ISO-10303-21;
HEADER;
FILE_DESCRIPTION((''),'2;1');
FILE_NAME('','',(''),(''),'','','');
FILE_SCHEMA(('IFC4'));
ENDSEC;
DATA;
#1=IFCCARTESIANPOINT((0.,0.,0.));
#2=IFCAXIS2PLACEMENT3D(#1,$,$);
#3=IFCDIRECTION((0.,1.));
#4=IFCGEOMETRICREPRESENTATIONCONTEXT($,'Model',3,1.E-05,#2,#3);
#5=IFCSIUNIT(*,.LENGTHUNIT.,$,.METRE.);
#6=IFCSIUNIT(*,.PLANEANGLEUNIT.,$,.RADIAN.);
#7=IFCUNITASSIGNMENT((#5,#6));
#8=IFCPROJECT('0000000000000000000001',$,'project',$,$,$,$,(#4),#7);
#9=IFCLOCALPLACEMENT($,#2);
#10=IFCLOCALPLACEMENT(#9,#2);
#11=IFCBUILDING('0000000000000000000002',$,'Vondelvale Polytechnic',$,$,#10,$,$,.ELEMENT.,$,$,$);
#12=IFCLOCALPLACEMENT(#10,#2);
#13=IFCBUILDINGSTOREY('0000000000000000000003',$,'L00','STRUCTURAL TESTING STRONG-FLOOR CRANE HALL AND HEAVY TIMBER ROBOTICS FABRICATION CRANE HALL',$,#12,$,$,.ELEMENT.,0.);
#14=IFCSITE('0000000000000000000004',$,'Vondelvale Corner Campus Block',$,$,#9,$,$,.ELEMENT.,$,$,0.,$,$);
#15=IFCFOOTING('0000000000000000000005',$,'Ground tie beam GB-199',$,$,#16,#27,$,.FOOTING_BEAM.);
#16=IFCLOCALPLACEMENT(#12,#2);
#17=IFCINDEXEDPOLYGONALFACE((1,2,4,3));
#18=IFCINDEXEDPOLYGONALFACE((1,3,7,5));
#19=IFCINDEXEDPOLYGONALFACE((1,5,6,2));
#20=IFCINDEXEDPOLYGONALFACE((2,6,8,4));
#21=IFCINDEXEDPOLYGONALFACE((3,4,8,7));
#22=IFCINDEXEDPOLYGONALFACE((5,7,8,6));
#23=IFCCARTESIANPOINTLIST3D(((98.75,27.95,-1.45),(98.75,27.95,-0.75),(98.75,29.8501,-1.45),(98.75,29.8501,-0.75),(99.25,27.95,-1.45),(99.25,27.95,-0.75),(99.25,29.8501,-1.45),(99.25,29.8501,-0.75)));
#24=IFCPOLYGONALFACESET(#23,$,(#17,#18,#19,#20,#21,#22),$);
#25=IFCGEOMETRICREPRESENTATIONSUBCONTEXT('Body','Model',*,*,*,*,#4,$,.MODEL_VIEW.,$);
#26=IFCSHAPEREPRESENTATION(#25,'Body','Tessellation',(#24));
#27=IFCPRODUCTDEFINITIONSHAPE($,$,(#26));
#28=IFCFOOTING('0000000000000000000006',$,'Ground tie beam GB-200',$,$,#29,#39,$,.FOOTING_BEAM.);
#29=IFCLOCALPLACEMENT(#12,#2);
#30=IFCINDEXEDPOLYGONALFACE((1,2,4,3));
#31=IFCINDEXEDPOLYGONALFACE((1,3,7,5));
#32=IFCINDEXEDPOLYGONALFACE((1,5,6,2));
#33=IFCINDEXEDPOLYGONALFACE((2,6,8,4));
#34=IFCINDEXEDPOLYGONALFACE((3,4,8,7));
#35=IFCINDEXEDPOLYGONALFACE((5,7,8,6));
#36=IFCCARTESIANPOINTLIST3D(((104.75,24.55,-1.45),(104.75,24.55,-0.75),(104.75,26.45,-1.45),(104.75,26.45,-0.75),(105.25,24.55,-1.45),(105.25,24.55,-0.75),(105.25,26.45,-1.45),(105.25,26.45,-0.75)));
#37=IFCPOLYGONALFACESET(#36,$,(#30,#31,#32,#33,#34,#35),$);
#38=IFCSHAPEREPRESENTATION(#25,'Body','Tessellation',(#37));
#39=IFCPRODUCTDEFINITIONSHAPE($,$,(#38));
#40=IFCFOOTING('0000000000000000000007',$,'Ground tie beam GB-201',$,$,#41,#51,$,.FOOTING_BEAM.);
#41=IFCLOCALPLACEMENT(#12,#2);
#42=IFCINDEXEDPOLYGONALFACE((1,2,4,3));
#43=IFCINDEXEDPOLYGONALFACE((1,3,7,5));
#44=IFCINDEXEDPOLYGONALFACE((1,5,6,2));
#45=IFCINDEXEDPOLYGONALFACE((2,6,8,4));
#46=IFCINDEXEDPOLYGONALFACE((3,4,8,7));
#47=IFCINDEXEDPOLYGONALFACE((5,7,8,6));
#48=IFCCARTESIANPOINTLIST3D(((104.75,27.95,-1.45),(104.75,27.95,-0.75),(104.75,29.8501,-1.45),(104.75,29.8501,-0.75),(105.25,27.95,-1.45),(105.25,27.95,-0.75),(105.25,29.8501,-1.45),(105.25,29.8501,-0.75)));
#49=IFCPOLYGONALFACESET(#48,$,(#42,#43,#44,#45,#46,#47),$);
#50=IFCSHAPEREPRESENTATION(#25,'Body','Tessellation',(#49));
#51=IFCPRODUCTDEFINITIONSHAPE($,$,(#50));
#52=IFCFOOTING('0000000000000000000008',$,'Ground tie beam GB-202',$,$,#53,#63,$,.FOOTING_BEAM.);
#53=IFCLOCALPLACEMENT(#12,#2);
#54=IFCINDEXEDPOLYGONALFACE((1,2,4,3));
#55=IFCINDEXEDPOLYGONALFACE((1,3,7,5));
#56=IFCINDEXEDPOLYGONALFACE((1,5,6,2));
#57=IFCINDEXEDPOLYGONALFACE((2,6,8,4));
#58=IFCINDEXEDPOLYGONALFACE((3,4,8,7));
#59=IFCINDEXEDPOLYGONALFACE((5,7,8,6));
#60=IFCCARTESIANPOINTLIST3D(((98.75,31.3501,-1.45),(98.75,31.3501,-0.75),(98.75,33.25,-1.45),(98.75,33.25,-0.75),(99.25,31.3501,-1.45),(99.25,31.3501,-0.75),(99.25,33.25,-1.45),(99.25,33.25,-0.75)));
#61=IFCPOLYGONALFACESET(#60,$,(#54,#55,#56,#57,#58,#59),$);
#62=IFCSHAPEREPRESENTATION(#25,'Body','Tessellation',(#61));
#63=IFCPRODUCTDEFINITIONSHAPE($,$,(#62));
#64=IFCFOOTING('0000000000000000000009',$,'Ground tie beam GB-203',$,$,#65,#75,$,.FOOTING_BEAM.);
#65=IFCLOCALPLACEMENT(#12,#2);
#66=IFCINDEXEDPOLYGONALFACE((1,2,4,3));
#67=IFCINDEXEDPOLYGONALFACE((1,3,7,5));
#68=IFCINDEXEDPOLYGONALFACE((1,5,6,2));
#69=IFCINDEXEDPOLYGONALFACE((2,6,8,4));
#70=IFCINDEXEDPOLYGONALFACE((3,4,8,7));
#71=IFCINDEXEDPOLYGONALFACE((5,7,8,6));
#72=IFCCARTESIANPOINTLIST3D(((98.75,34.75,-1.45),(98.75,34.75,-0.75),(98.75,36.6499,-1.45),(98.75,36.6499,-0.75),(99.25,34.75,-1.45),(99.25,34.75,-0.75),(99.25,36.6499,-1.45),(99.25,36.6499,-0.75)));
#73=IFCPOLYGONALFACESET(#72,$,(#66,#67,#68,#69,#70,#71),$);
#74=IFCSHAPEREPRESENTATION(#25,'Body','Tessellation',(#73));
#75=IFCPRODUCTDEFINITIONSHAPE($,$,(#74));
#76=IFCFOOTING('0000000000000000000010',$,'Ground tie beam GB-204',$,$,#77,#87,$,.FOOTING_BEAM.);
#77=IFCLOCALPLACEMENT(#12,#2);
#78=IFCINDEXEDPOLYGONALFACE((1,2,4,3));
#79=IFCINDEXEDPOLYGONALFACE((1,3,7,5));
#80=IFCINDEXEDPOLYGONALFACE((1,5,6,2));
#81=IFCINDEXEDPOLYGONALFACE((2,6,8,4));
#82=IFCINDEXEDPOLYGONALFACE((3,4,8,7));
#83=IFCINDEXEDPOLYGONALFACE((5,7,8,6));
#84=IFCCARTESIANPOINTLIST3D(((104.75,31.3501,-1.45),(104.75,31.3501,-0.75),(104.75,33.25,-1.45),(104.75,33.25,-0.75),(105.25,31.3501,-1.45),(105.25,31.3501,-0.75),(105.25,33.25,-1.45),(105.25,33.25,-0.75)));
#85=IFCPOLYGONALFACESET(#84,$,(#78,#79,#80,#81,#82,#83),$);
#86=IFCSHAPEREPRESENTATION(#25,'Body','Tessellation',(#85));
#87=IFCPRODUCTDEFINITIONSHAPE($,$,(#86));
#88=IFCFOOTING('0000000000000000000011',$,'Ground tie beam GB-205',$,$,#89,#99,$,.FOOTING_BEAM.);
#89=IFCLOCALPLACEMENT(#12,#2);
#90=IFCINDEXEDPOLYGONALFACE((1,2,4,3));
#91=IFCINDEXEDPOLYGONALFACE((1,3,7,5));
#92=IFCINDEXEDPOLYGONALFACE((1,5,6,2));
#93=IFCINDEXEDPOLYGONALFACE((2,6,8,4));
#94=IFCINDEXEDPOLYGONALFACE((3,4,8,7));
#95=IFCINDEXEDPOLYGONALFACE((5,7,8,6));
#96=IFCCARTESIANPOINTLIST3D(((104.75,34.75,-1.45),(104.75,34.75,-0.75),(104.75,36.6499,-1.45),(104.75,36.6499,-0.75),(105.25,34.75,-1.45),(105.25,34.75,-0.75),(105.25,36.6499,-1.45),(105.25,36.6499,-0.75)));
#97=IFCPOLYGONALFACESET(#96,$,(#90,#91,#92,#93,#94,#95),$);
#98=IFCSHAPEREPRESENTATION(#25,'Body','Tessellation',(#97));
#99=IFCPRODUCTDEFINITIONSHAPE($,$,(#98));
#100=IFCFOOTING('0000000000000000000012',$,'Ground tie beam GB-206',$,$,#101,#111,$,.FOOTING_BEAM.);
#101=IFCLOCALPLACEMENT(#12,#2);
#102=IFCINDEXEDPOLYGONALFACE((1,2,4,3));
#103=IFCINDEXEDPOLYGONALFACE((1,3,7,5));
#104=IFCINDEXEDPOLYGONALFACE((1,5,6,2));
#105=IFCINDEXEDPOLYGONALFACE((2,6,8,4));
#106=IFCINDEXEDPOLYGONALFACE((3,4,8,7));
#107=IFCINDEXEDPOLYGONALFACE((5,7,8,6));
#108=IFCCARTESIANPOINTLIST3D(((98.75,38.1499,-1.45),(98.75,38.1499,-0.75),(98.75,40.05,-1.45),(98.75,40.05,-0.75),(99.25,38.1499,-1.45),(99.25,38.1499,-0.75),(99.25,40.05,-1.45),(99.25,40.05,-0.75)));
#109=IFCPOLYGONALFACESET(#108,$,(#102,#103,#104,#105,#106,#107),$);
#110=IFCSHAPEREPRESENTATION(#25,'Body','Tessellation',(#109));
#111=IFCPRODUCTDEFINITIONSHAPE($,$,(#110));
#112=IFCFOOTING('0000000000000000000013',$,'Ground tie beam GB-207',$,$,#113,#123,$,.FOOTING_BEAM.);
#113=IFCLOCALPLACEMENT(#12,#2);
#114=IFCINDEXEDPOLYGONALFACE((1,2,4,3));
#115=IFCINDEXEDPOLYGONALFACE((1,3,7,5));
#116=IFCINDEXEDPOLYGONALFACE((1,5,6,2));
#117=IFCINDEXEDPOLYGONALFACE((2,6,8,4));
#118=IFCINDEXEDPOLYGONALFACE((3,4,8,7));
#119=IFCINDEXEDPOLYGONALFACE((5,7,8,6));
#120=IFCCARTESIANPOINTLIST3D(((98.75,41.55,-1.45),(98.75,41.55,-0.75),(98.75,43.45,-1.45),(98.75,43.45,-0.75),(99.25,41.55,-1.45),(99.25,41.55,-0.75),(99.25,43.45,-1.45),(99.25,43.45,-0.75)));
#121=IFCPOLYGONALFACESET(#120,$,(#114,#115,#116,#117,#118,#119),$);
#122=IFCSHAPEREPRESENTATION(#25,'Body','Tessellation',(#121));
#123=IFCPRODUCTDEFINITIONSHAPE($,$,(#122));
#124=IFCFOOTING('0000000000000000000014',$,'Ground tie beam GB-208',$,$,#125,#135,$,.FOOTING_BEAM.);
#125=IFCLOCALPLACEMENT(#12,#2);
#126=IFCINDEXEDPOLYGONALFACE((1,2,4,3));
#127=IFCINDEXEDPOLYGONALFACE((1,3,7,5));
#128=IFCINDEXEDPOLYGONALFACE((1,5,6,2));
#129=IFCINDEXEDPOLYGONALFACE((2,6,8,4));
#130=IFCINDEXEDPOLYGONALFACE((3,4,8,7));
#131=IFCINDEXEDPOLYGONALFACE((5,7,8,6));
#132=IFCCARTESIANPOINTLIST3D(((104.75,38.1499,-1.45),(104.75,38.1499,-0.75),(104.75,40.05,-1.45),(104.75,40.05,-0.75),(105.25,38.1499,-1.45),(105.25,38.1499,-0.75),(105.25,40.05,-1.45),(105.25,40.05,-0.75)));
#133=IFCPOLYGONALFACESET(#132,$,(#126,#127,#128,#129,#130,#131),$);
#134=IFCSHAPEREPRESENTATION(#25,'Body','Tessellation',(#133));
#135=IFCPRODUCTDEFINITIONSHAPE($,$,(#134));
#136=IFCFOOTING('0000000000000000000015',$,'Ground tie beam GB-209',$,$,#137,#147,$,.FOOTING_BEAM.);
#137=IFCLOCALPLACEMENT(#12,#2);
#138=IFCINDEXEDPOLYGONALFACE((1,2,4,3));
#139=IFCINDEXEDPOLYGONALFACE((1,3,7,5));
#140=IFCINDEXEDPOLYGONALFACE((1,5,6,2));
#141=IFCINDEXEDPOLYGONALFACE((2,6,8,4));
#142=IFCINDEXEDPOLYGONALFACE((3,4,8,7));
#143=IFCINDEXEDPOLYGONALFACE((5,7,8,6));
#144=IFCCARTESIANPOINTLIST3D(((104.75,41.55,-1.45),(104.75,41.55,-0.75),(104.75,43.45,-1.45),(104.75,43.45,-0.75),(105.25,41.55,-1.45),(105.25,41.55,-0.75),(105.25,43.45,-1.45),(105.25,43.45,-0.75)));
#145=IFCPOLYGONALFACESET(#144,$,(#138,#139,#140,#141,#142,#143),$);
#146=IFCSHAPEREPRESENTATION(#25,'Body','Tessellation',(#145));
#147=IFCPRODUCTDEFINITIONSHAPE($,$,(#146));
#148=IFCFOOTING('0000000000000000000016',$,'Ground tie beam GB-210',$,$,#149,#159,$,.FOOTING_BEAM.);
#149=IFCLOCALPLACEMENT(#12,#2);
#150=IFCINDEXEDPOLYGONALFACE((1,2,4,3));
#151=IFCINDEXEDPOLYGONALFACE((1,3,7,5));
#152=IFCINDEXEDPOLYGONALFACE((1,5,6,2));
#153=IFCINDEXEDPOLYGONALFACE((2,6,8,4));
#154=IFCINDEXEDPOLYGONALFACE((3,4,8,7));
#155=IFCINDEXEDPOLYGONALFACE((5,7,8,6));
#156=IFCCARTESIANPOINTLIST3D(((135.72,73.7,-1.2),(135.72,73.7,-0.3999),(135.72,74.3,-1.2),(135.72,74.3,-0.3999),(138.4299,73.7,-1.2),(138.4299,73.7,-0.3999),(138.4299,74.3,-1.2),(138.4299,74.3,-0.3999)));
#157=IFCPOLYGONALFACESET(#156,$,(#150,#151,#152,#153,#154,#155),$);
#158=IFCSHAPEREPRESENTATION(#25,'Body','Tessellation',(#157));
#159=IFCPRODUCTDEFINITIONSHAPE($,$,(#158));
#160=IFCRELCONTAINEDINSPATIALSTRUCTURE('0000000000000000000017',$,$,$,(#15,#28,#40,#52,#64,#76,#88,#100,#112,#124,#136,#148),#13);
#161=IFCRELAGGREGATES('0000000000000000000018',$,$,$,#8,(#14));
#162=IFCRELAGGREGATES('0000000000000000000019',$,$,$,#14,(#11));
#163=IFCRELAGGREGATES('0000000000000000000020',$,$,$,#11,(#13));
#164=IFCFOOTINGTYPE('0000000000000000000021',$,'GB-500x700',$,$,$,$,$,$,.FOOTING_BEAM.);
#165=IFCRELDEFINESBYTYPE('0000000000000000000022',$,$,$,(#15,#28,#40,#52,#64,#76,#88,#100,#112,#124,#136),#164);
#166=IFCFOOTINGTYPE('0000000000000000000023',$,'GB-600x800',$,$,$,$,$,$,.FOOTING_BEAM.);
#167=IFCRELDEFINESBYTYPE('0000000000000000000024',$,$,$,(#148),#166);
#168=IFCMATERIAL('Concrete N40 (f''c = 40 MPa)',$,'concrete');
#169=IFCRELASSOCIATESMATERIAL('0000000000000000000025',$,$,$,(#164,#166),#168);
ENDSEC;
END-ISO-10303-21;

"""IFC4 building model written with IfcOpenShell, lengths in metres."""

from ifc_helpers import new_model, si_unit, direction, frame, origin, place, context, subcontext, project, spatial, polyline, outline, extrude, material, type_object, element, save


model = new_model("IFC4")

# Units and contexts
model_context = context("Model", 3, precision=1e-05, world=origin(), true_north=direction((0.0, 1.0)))
body_context = subcontext(model_context, "Body", "Model", "MODEL_VIEW")
ifc_project = project(units=[si_unit("LENGTHUNIT", "METRE"), si_unit("PLANEANGLEUNIT", "RADIAN")], contexts=[model_context])

# Site, building, storey
site_placement = place(None, origin())
site = spatial("IfcSite", under=ifc_project, at=site_placement, Name="Vondelvale Corner Campus Block", CompositionType="ELEMENT", RefElevation=0.0)
building_placement = place(site_placement, origin())
building = spatial("IfcBuilding", under=site, at=building_placement, Name="Vondelvale Polytechnic", CompositionType="ELEMENT")
storey_placement = place(building_placement, origin())
storey = spatial("IfcBuildingStorey", under=building, at=storey_placement, Name="L00", Description="STRUCTURAL TESTING STRONG-FLOOR CRANE HALL AND HEAVY TIMBER ROBOTICS FABRICATION CRANE HALL", CompositionType="ELEMENT", Elevation=0.0)

# Footings
ifc_material = material(Name="Concrete N40 (f'c = 40 MPa)", Category="concrete")
footing_type_1 = type_object("IfcFootingType", Name="GB-500x700", PredefinedType="FOOTING_BEAM", material=ifc_material)
footing_1_placement = place(storey_placement, frame((0.0, 0.0, -1.45)))
element("IfcFooting", 1, at=footing_1_placement, inside=storey, type_object=footing_type_1, Name="Ground tie beam GB-199", PredefinedType="FOOTING_BEAM", context=body_context, shape_type="SweptSolid", body=[
    extrude(outline(polyline([(99.25, 27.95), (98.75, 27.95), (98.75, 29.8501), (99.25, 29.8501), (99.25, 27.95)])), origin(), (0.0, 0.0, 1.0), 0.7),
])
footing_2_placement = place(storey_placement, frame((0.0, 0.0, -1.45)))
element("IfcFooting", 2, at=footing_2_placement, inside=storey, type_object=footing_type_1, Name="Ground tie beam GB-200", PredefinedType="FOOTING_BEAM", context=body_context, shape_type="SweptSolid", body=[
    extrude(outline(polyline([(105.25, 24.55), (104.75, 24.55), (104.75, 26.45), (105.25, 26.45), (105.25, 24.55)])), origin(), (0.0, 0.0, 1.0), 0.7),
])
footing_3_placement = place(storey_placement, frame((0.0, 0.0, -1.45)))
element("IfcFooting", 3, at=footing_3_placement, inside=storey, type_object=footing_type_1, Name="Ground tie beam GB-201", PredefinedType="FOOTING_BEAM", context=body_context, shape_type="SweptSolid", body=[
    extrude(outline(polyline([(105.25, 27.95), (104.75, 27.95), (104.75, 29.8501), (105.25, 29.8501), (105.25, 27.95)])), origin(), (0.0, 0.0, 1.0), 0.7),
])
footing_4_placement = place(storey_placement, frame((0.0, 0.0, -1.45)))
element("IfcFooting", 4, at=footing_4_placement, inside=storey, type_object=footing_type_1, Name="Ground tie beam GB-202", PredefinedType="FOOTING_BEAM", context=body_context, shape_type="SweptSolid", body=[
    extrude(outline(polyline([(99.25, 31.3501), (98.75, 31.3501), (98.75, 33.25), (99.25, 33.25), (99.25, 31.3501)])), origin(), (0.0, 0.0, 1.0), 0.7),
])
footing_5_placement = place(storey_placement, frame((0.0, 0.0, -1.45)))
element("IfcFooting", 5, at=footing_5_placement, inside=storey, type_object=footing_type_1, Name="Ground tie beam GB-203", PredefinedType="FOOTING_BEAM", context=body_context, shape_type="SweptSolid", body=[
    extrude(outline(polyline([(99.25, 34.75), (98.75, 34.75), (98.75, 36.6499), (99.25, 36.6499), (99.25, 34.75)])), origin(), (0.0, 0.0, 1.0), 0.7),
])
footing_6_placement = place(storey_placement, frame((0.0, 0.0, -1.45)))
element("IfcFooting", 6, at=footing_6_placement, inside=storey, type_object=footing_type_1, Name="Ground tie beam GB-204", PredefinedType="FOOTING_BEAM", context=body_context, shape_type="SweptSolid", body=[
    extrude(outline(polyline([(105.25, 31.3501), (104.75, 31.3501), (104.75, 33.25), (105.25, 33.25), (105.25, 31.3501)])), origin(), (0.0, 0.0, 1.0), 0.7),
])
footing_7_placement = place(storey_placement, frame((0.0, 0.0, -1.45)))
element("IfcFooting", 7, at=footing_7_placement, inside=storey, type_object=footing_type_1, Name="Ground tie beam GB-205", PredefinedType="FOOTING_BEAM", context=body_context, shape_type="SweptSolid", body=[
    extrude(outline(polyline([(105.25, 34.75), (104.75, 34.75), (104.75, 36.6499), (105.25, 36.6499), (105.25, 34.75)])), origin(), (0.0, 0.0, 1.0), 0.7),
])
footing_8_placement = place(storey_placement, frame((0.0, 0.0, -1.45)))
element("IfcFooting", 8, at=footing_8_placement, inside=storey, type_object=footing_type_1, Name="Ground tie beam GB-206", PredefinedType="FOOTING_BEAM", context=body_context, shape_type="SweptSolid", body=[
    extrude(outline(polyline([(99.25, 38.1499), (98.75, 38.1499), (98.75, 40.05), (99.25, 40.05), (99.25, 38.1499)])), origin(), (0.0, 0.0, 1.0), 0.7),
])
footing_9_placement = place(storey_placement, frame((0.0, 0.0, -1.45)))
element("IfcFooting", 9, at=footing_9_placement, inside=storey, type_object=footing_type_1, Name="Ground tie beam GB-207", PredefinedType="FOOTING_BEAM", context=body_context, shape_type="SweptSolid", body=[
    extrude(outline(polyline([(99.25, 41.55), (98.75, 41.55), (98.75, 43.45), (99.25, 43.45), (99.25, 41.55)])), origin(), (0.0, 0.0, 1.0), 0.7),
])
footing_10_placement = place(storey_placement, frame((0.0, 0.0, -1.45)))
element("IfcFooting", 10, at=footing_10_placement, inside=storey, type_object=footing_type_1, Name="Ground tie beam GB-208", PredefinedType="FOOTING_BEAM", context=body_context, shape_type="SweptSolid", body=[
    extrude(outline(polyline([(105.25, 38.1499), (104.75, 38.1499), (104.75, 40.05), (105.25, 40.05), (105.25, 38.1499)])), origin(), (0.0, 0.0, 1.0), 0.7),
])
footing_11_placement = place(storey_placement, frame((0.0, 0.0, -1.45)))
element("IfcFooting", 11, at=footing_11_placement, inside=storey, type_object=footing_type_1, Name="Ground tie beam GB-209", PredefinedType="FOOTING_BEAM", context=body_context, shape_type="SweptSolid", body=[
    extrude(outline(polyline([(105.25, 41.55), (104.75, 41.55), (104.75, 43.45), (105.25, 43.45), (105.25, 41.55)])), origin(), (0.0, 0.0, 1.0), 0.7),
])
footing_type_2 = type_object("IfcFootingType", Name="GB-600x800", PredefinedType="FOOTING_BEAM", material=ifc_material)
footing_12_placement = place(storey_placement, frame((0.0, 0.0, -1.2)))
element("IfcFooting", 12, at=footing_12_placement, inside=storey, type_object=footing_type_2, Name="Ground tie beam GB-210", PredefinedType="FOOTING_BEAM", context=body_context, shape_type="SweptSolid", body=[
    extrude(outline(polyline([(135.72, 73.7), (135.72, 74.3), (138.4299, 74.3), (138.4299, 73.7), (135.72, 73.7)])), origin(), (0.0, 0.0, 1.0), 0.8),
])

save(model, "model.ifc")
